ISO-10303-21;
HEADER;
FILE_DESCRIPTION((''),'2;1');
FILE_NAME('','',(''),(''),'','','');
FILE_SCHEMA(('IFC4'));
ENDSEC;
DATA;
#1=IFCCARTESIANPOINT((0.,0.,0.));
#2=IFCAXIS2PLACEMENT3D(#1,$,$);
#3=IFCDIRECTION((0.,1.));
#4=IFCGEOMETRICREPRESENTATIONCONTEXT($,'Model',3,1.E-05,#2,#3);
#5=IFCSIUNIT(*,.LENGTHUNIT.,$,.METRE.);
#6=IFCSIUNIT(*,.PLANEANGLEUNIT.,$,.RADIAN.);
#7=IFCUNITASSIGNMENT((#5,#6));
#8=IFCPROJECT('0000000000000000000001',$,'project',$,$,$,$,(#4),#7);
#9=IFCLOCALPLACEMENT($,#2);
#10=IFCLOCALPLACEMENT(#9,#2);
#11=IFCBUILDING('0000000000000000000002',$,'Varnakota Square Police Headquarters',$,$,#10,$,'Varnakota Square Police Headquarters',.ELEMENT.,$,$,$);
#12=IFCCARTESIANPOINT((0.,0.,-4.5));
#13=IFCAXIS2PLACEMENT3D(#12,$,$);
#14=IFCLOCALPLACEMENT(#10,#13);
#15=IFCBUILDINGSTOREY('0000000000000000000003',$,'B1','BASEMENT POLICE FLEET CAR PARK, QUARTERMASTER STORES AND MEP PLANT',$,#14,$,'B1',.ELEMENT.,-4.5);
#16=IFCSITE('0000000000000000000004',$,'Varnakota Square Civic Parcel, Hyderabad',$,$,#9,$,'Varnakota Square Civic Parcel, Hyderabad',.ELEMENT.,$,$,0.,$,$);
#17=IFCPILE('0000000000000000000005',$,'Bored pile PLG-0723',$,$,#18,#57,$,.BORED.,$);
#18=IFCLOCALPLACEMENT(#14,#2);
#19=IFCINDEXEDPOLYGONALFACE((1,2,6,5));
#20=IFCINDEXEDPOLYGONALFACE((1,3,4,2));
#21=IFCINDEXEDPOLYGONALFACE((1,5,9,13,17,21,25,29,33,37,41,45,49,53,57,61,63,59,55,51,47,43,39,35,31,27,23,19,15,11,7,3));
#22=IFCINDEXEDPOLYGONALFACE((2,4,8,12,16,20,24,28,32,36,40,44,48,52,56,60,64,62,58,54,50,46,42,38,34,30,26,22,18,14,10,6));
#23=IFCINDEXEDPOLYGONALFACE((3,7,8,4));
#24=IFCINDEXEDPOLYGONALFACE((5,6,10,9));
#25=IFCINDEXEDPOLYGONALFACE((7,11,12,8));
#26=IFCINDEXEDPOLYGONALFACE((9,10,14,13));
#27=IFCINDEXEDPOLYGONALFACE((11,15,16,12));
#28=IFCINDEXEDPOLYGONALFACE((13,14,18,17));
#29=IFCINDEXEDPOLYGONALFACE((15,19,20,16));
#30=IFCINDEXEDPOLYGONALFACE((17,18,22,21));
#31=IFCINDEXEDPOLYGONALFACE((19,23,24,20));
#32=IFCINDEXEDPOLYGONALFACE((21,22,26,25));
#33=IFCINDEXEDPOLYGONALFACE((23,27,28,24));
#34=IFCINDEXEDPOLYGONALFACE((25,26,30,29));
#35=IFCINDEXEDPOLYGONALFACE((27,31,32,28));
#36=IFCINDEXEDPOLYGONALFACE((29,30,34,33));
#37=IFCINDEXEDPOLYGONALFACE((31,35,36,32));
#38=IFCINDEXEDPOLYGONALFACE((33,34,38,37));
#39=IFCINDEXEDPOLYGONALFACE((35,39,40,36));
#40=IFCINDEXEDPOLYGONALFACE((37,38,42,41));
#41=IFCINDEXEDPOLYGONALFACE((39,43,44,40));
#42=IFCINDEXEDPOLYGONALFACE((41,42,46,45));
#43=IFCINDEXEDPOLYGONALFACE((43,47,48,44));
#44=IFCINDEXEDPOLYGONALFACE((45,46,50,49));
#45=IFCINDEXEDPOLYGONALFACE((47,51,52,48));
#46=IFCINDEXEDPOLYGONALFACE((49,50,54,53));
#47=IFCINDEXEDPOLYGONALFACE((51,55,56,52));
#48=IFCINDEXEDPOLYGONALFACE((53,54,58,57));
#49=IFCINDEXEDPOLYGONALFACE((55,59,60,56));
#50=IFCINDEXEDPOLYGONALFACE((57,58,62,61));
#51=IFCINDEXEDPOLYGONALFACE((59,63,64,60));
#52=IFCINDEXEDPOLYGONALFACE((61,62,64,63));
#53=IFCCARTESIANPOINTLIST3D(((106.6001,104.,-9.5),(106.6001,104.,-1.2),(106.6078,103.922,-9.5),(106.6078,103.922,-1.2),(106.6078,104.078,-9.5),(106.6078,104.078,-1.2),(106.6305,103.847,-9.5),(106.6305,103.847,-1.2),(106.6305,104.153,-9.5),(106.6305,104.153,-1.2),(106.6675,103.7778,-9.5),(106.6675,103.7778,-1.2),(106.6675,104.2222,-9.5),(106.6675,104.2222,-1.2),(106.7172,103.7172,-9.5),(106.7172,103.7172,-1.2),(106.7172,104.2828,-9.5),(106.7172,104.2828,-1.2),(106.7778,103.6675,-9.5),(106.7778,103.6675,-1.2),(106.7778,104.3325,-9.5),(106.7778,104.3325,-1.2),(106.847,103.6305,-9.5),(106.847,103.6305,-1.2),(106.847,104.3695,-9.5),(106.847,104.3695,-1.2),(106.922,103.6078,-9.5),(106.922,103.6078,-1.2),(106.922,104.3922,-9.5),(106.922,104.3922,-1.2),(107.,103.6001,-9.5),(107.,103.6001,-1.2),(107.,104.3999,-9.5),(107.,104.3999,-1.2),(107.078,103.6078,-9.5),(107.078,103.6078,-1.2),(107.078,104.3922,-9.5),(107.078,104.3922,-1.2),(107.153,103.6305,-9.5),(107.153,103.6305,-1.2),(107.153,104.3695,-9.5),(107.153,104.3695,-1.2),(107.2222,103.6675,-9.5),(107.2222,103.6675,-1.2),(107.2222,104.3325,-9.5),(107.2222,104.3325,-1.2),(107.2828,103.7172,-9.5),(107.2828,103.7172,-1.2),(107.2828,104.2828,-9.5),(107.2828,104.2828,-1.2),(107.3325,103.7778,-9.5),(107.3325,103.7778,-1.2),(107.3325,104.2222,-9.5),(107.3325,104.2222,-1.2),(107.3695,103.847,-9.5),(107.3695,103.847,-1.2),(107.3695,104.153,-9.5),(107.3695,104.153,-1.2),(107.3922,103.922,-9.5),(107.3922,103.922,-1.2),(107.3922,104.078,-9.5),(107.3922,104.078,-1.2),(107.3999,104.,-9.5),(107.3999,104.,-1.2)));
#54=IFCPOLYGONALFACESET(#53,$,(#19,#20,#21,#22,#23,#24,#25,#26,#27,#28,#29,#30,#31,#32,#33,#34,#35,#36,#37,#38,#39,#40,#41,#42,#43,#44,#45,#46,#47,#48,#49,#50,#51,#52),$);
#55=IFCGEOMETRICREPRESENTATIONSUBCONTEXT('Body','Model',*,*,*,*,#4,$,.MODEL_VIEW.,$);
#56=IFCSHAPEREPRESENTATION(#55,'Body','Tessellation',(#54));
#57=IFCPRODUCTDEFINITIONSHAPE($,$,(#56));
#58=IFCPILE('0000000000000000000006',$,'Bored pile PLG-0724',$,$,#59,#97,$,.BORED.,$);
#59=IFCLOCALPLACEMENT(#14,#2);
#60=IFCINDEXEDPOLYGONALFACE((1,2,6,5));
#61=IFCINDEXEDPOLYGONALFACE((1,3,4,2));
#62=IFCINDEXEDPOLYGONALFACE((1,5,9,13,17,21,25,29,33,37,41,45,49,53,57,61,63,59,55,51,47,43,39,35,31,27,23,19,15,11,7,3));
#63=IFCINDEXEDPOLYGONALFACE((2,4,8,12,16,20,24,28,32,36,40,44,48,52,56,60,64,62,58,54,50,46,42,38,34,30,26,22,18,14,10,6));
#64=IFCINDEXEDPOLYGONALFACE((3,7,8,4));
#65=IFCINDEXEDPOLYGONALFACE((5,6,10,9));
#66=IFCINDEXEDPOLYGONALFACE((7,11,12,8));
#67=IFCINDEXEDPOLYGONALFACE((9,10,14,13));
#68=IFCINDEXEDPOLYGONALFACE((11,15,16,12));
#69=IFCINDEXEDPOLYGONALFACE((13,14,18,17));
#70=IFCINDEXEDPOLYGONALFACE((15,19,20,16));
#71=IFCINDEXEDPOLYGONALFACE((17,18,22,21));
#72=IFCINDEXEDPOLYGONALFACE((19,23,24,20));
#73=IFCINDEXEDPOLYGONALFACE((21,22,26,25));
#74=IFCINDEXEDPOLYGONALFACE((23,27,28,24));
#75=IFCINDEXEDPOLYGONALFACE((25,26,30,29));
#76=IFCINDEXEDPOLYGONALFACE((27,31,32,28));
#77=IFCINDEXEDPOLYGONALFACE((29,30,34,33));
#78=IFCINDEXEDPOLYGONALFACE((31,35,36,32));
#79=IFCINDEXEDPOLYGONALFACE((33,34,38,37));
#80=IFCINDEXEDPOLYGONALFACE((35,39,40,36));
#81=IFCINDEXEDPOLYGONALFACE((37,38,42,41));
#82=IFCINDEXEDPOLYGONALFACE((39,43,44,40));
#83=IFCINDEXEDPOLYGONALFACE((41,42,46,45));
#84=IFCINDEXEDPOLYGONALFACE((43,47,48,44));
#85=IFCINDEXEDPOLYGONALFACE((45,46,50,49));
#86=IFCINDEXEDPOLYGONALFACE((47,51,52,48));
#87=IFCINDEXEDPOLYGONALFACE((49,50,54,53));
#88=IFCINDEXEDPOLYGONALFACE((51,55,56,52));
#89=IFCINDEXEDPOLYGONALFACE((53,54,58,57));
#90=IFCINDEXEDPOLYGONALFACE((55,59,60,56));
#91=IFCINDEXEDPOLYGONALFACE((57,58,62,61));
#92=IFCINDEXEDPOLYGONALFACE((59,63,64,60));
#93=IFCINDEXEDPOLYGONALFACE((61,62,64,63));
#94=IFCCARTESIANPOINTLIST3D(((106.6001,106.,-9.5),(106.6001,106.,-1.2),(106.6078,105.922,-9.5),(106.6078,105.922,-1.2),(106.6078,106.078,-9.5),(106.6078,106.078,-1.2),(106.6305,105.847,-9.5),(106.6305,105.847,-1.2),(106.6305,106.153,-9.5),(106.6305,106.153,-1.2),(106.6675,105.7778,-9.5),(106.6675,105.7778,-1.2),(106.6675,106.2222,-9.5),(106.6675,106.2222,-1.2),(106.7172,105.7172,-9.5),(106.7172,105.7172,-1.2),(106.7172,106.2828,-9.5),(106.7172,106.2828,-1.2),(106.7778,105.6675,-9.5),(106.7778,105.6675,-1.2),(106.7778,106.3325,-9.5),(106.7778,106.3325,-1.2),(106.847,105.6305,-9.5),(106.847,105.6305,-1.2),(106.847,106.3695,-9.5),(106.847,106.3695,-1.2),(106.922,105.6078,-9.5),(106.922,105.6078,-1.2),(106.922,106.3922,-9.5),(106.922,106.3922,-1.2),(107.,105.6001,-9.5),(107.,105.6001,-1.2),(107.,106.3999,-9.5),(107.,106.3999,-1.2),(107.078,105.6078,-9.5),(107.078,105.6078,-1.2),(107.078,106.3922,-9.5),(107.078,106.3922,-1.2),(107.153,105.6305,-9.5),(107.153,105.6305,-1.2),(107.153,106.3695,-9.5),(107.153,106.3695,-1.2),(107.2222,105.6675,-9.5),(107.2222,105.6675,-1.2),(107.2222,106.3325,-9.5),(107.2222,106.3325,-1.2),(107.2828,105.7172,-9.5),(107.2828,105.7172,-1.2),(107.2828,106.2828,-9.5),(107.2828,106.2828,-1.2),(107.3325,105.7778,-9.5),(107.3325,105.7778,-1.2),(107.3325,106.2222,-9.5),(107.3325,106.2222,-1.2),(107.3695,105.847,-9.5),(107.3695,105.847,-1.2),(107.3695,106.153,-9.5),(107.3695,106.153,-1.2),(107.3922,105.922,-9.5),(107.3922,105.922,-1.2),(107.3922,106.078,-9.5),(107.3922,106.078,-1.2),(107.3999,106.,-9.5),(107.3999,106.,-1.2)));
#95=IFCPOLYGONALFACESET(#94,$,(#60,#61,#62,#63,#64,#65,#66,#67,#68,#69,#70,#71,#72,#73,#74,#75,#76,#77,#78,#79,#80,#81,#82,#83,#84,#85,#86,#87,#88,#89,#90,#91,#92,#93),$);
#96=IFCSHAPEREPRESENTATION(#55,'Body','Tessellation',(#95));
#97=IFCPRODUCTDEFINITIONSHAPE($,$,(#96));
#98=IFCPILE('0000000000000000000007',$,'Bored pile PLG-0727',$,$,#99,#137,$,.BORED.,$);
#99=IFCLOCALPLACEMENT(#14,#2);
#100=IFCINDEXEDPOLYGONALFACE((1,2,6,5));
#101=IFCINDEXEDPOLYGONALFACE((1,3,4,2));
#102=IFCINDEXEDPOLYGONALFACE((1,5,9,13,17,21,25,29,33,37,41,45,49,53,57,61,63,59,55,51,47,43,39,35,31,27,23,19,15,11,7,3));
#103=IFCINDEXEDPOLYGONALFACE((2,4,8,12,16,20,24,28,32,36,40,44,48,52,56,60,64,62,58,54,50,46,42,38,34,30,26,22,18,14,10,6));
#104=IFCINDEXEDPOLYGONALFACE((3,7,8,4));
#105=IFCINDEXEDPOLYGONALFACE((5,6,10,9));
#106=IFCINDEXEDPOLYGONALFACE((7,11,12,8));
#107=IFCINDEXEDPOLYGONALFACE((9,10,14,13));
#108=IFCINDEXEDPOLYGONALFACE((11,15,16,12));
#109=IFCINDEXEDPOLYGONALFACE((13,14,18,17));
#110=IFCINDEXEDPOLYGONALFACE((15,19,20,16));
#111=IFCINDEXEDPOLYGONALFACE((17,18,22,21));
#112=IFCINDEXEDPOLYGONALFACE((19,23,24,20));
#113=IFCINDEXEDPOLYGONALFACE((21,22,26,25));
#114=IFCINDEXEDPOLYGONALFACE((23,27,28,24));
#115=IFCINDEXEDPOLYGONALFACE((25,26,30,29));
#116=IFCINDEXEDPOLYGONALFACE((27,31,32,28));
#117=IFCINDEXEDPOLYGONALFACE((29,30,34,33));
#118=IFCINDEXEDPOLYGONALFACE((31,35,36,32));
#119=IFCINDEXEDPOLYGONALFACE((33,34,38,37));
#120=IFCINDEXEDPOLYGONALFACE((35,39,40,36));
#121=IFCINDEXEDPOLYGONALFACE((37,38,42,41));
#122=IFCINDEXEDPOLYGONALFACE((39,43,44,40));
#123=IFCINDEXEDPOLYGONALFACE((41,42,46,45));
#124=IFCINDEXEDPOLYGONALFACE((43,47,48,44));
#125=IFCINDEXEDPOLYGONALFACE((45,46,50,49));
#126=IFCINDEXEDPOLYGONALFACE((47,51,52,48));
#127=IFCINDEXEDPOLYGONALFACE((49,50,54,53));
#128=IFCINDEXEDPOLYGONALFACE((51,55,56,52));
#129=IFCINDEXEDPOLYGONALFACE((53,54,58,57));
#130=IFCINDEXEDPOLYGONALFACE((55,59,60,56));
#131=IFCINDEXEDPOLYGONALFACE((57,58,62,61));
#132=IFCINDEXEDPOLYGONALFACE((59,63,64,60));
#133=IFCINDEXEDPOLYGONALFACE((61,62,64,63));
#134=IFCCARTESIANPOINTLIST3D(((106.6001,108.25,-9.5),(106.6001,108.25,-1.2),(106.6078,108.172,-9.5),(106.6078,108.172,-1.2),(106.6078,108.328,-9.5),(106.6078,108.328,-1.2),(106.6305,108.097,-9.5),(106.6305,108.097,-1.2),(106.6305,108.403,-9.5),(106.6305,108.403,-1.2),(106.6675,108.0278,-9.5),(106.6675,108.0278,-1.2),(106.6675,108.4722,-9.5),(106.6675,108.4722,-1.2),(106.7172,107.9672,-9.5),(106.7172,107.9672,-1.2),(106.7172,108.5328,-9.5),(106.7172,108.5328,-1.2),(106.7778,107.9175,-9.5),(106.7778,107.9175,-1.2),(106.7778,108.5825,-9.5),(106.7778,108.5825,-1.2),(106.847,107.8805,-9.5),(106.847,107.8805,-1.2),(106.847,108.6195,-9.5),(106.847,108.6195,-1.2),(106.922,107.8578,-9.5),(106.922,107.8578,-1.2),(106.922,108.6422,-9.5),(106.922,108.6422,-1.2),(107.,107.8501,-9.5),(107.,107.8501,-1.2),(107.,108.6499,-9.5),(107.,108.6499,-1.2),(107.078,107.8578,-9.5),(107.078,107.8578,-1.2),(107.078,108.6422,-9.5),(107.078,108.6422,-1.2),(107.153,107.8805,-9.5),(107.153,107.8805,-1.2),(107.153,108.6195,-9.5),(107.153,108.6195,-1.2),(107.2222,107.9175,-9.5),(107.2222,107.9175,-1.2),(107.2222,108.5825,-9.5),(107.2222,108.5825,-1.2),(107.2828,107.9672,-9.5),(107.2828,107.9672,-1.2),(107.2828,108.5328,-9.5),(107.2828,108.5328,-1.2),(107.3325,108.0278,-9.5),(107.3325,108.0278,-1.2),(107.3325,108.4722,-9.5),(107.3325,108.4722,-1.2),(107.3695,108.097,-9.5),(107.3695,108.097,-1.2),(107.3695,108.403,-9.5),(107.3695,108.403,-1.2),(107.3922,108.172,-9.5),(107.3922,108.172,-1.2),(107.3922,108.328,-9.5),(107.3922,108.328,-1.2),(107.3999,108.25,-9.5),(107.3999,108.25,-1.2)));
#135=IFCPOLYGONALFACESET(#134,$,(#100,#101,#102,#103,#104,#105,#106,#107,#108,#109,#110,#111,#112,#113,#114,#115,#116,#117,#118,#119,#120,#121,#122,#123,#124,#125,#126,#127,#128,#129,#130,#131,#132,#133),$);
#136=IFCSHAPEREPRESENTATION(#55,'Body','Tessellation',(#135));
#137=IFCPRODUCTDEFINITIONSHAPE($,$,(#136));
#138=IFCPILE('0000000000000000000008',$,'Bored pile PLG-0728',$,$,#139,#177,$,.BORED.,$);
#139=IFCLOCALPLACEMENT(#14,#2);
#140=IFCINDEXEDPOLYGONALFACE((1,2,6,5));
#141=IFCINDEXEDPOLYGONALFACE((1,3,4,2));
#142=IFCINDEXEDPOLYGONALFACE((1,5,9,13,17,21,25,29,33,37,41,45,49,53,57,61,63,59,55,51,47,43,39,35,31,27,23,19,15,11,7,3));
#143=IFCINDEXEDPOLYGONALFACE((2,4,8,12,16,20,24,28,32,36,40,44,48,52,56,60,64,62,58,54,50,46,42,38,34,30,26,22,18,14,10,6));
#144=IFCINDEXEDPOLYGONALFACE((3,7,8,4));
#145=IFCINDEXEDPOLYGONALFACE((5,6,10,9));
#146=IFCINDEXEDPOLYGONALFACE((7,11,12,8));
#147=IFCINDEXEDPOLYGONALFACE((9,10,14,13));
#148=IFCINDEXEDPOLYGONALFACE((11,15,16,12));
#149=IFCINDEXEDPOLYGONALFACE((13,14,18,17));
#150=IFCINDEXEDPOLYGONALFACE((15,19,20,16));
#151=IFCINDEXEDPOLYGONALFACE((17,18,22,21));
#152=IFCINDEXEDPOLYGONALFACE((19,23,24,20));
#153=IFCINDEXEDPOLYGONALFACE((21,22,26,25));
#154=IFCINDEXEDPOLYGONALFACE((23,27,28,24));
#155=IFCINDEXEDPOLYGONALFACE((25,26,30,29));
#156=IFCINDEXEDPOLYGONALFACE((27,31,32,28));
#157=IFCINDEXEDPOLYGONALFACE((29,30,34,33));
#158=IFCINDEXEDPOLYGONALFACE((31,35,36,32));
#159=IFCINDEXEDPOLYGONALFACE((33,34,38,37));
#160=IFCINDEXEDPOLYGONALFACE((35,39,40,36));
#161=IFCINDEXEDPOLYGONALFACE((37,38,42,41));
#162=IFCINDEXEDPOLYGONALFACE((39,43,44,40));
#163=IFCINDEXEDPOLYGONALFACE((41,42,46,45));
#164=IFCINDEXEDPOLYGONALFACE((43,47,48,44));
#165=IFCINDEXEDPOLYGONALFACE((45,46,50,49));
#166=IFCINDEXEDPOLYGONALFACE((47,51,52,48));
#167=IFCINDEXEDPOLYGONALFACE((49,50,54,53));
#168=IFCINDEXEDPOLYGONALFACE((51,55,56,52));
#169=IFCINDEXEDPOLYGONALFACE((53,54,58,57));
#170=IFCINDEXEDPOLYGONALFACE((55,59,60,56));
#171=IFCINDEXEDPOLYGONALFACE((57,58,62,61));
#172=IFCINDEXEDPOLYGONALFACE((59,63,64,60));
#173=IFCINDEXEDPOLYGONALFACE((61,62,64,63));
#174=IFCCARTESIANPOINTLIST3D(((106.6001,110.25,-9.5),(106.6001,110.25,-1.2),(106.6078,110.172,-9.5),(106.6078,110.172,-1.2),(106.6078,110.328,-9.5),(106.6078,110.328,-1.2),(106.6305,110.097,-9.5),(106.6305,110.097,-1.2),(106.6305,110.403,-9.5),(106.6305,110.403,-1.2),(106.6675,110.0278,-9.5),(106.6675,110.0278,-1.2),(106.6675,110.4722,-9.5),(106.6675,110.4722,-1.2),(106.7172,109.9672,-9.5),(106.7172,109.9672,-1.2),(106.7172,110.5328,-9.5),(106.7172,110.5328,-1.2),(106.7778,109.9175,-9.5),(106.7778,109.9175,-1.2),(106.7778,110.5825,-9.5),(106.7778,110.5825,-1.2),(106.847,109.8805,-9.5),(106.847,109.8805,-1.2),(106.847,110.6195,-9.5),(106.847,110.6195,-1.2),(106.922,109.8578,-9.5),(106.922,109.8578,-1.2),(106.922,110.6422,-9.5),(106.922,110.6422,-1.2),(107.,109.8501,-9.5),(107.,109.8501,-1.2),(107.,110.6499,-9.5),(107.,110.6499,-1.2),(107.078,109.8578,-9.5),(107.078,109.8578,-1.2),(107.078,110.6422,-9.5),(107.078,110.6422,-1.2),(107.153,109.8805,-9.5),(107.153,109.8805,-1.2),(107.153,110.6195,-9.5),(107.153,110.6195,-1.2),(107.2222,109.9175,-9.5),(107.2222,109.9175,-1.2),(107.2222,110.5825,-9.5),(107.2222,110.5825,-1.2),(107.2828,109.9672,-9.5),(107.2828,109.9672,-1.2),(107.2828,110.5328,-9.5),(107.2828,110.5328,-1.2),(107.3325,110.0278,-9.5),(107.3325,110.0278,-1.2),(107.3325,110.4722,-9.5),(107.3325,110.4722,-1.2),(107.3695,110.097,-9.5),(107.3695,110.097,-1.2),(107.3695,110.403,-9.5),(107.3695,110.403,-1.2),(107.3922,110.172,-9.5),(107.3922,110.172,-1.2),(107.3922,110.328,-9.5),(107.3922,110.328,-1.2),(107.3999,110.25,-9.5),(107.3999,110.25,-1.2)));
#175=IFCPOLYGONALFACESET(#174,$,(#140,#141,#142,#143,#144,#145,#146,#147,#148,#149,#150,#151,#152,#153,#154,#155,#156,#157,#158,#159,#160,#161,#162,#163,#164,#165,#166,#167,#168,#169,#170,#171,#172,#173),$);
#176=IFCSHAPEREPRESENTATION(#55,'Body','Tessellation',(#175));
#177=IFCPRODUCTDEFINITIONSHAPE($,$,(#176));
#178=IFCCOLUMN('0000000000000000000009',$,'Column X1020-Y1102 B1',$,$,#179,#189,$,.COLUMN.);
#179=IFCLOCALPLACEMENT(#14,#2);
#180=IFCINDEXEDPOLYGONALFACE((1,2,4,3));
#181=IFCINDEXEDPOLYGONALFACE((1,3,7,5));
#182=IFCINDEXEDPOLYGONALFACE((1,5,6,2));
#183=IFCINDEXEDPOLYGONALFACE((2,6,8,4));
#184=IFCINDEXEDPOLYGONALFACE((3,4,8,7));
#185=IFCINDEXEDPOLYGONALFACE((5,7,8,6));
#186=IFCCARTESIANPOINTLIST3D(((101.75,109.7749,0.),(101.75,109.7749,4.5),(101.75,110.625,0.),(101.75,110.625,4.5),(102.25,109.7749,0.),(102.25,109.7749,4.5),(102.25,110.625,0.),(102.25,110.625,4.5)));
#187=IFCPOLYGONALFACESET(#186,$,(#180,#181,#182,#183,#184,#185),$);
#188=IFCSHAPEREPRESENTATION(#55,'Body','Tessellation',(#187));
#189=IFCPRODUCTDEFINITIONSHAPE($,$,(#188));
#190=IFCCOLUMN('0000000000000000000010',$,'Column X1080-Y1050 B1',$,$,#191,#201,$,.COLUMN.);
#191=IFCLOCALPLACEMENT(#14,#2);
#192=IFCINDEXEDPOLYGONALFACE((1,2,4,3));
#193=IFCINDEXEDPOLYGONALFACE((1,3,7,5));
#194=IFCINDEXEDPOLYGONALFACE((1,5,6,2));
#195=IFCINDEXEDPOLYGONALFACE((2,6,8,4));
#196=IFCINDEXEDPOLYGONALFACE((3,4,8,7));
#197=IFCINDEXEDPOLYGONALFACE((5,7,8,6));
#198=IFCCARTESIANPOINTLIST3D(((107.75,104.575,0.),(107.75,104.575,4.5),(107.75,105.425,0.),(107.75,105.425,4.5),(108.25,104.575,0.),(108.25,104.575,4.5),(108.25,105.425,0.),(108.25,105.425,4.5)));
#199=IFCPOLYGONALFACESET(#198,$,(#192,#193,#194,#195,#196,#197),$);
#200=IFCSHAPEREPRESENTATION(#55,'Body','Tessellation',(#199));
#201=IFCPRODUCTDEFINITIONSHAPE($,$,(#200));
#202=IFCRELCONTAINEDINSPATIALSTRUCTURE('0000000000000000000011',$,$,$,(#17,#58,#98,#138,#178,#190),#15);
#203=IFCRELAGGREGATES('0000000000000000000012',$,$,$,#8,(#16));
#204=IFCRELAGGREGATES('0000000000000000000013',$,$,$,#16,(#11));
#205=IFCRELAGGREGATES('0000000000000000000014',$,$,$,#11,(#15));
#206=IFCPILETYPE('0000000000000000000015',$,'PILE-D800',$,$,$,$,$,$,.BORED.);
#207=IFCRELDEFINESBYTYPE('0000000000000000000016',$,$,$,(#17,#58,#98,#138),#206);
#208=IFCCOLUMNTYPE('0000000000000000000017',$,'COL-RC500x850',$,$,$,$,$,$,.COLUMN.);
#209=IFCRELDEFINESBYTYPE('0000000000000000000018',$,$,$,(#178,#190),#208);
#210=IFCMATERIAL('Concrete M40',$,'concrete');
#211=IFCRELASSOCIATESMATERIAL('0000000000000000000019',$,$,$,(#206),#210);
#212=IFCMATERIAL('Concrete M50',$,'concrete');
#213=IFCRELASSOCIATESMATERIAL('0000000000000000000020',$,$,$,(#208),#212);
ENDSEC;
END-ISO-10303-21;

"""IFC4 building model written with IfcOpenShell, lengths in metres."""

from ifc_helpers import new_model, si_unit, direction, frame, origin, origin_2d, place, context, subcontext, project, spatial, rectangle, circle, extrude, material, material_profile, profile_set, type_object, element, save


model = new_model("IFC4")

# Units and contexts
model_context = context("Model", 3, precision=1e-05, world=origin(), true_north=direction((0.0, 1.0)))
body_context = subcontext(model_context, "Body", "Model", "MODEL_VIEW")
ifc_project = project(units=[si_unit("LENGTHUNIT", "METRE"), si_unit("PLANEANGLEUNIT", "RADIAN")], contexts=[model_context])

# Site, building, storey
site_placement = place(None, origin())
site = spatial("IfcSite", under=ifc_project, at=site_placement, Name="Varnakota Square Civic Parcel, Hyderabad", LongName="Varnakota Square Civic Parcel, Hyderabad", CompositionType="ELEMENT", RefElevation=0.0)
building_placement = place(site_placement, origin())
building = spatial("IfcBuilding", under=site, at=building_placement, Name="Varnakota Square Police Headquarters", LongName="Varnakota Square Police Headquarters", CompositionType="ELEMENT")
storey_placement = place(building_placement, frame((0.0, 0.0, -4.5)))
storey = spatial("IfcBuildingStorey", under=building, at=storey_placement, Name="B1", Description="BASEMENT POLICE FLEET CAR PARK, QUARTERMASTER STORES AND MEP PLANT", LongName="B1", CompositionType="ELEMENT", Elevation=-4.5)

# Shared definitions
ifc_material_1 = material(Name="Concrete M40", Category="concrete")

# Piles
ifc_material_2 = material(Name="Concrete M50", Category="concrete")
ifc_material_profile_1 = material_profile(ifc_material_1, circle(Radius=0.3999, at=origin_2d()), Name="BORED PILE 800")
ifc_profile_set_1 = profile_set([ifc_material_profile_1], Name="Concrete M40")
pile_type_1 = type_object("IfcPileType", Name="PILE-D800", PredefinedType="BORED", material=ifc_profile_set_1)
for number, where, z_axis, x_axis, name in (
    (1, (107.0, 104.0, -1.2), (0.0, 0.0, -1.0), (1.0, 0.0, 0.0), "Bored pile PLG-0723"),
    (2, (107.0, 106.0, -1.2), (0.0, 0.0, -1.0), (1.0, 0.0, 0.0), "Bored pile PLG-0724"),
    (3, (107.0, 108.25, -1.2), (0.0, 0.0, -1.0), (1.0, 0.0, 0.0), "Bored pile PLG-0727"),
    (4, (107.0, 110.25, -1.2), (0.0, 0.0, -1.0), (1.0, 0.0, 0.0), "Bored pile PLG-0728"),
):
    element("IfcPile", number, at=place(storey_placement, frame(where, z_axis=z_axis, x_axis=x_axis)), inside=storey, type_object=pile_type_1, Name=name, PredefinedType="BORED", context=body_context, shape_type="SweptSolid", body=[
        extrude(circle(Radius=0.3999, at=origin_2d()), origin(), (0.0, 0.0, 1.0), 8.3),
    ])

# Columns
ifc_material_profile_2 = material_profile(ifc_material_2, rectangle(XDim=0.5, YDim=0.8501, at=origin_2d()), Name="RC 500x850")
ifc_profile_set_2 = profile_set([ifc_material_profile_2], Name="Concrete M50")
column_type_1 = type_object("IfcColumnType", Name="COL-RC500x850", PredefinedType="COLUMN", material=ifc_profile_set_2)
for number, where, z_axis, x_axis, name in (
    (5, (102.0, 110.2, 0.0), (0.0, 0.0, 1.0), (1.0, 0.0, 0.0), "Column X1020-Y1102 B1"),
    (6, (108.0, 105.0, 0.0), (0.0, 0.0, 1.0), (1.0, 0.0, 0.0), "Column X1080-Y1050 B1"),
):
    element("IfcColumn", number, at=place(storey_placement, frame(where, z_axis=z_axis, x_axis=x_axis)), inside=storey, type_object=column_type_1, Name=name, PredefinedType="COLUMN", context=body_context, shape_type="SweptSolid", body=[
        extrude(rectangle(XDim=0.5, YDim=0.8501, at=origin_2d()), origin(), (0.0, 0.0, 1.0), 4.5),
    ])

save(model, "model.ifc")
